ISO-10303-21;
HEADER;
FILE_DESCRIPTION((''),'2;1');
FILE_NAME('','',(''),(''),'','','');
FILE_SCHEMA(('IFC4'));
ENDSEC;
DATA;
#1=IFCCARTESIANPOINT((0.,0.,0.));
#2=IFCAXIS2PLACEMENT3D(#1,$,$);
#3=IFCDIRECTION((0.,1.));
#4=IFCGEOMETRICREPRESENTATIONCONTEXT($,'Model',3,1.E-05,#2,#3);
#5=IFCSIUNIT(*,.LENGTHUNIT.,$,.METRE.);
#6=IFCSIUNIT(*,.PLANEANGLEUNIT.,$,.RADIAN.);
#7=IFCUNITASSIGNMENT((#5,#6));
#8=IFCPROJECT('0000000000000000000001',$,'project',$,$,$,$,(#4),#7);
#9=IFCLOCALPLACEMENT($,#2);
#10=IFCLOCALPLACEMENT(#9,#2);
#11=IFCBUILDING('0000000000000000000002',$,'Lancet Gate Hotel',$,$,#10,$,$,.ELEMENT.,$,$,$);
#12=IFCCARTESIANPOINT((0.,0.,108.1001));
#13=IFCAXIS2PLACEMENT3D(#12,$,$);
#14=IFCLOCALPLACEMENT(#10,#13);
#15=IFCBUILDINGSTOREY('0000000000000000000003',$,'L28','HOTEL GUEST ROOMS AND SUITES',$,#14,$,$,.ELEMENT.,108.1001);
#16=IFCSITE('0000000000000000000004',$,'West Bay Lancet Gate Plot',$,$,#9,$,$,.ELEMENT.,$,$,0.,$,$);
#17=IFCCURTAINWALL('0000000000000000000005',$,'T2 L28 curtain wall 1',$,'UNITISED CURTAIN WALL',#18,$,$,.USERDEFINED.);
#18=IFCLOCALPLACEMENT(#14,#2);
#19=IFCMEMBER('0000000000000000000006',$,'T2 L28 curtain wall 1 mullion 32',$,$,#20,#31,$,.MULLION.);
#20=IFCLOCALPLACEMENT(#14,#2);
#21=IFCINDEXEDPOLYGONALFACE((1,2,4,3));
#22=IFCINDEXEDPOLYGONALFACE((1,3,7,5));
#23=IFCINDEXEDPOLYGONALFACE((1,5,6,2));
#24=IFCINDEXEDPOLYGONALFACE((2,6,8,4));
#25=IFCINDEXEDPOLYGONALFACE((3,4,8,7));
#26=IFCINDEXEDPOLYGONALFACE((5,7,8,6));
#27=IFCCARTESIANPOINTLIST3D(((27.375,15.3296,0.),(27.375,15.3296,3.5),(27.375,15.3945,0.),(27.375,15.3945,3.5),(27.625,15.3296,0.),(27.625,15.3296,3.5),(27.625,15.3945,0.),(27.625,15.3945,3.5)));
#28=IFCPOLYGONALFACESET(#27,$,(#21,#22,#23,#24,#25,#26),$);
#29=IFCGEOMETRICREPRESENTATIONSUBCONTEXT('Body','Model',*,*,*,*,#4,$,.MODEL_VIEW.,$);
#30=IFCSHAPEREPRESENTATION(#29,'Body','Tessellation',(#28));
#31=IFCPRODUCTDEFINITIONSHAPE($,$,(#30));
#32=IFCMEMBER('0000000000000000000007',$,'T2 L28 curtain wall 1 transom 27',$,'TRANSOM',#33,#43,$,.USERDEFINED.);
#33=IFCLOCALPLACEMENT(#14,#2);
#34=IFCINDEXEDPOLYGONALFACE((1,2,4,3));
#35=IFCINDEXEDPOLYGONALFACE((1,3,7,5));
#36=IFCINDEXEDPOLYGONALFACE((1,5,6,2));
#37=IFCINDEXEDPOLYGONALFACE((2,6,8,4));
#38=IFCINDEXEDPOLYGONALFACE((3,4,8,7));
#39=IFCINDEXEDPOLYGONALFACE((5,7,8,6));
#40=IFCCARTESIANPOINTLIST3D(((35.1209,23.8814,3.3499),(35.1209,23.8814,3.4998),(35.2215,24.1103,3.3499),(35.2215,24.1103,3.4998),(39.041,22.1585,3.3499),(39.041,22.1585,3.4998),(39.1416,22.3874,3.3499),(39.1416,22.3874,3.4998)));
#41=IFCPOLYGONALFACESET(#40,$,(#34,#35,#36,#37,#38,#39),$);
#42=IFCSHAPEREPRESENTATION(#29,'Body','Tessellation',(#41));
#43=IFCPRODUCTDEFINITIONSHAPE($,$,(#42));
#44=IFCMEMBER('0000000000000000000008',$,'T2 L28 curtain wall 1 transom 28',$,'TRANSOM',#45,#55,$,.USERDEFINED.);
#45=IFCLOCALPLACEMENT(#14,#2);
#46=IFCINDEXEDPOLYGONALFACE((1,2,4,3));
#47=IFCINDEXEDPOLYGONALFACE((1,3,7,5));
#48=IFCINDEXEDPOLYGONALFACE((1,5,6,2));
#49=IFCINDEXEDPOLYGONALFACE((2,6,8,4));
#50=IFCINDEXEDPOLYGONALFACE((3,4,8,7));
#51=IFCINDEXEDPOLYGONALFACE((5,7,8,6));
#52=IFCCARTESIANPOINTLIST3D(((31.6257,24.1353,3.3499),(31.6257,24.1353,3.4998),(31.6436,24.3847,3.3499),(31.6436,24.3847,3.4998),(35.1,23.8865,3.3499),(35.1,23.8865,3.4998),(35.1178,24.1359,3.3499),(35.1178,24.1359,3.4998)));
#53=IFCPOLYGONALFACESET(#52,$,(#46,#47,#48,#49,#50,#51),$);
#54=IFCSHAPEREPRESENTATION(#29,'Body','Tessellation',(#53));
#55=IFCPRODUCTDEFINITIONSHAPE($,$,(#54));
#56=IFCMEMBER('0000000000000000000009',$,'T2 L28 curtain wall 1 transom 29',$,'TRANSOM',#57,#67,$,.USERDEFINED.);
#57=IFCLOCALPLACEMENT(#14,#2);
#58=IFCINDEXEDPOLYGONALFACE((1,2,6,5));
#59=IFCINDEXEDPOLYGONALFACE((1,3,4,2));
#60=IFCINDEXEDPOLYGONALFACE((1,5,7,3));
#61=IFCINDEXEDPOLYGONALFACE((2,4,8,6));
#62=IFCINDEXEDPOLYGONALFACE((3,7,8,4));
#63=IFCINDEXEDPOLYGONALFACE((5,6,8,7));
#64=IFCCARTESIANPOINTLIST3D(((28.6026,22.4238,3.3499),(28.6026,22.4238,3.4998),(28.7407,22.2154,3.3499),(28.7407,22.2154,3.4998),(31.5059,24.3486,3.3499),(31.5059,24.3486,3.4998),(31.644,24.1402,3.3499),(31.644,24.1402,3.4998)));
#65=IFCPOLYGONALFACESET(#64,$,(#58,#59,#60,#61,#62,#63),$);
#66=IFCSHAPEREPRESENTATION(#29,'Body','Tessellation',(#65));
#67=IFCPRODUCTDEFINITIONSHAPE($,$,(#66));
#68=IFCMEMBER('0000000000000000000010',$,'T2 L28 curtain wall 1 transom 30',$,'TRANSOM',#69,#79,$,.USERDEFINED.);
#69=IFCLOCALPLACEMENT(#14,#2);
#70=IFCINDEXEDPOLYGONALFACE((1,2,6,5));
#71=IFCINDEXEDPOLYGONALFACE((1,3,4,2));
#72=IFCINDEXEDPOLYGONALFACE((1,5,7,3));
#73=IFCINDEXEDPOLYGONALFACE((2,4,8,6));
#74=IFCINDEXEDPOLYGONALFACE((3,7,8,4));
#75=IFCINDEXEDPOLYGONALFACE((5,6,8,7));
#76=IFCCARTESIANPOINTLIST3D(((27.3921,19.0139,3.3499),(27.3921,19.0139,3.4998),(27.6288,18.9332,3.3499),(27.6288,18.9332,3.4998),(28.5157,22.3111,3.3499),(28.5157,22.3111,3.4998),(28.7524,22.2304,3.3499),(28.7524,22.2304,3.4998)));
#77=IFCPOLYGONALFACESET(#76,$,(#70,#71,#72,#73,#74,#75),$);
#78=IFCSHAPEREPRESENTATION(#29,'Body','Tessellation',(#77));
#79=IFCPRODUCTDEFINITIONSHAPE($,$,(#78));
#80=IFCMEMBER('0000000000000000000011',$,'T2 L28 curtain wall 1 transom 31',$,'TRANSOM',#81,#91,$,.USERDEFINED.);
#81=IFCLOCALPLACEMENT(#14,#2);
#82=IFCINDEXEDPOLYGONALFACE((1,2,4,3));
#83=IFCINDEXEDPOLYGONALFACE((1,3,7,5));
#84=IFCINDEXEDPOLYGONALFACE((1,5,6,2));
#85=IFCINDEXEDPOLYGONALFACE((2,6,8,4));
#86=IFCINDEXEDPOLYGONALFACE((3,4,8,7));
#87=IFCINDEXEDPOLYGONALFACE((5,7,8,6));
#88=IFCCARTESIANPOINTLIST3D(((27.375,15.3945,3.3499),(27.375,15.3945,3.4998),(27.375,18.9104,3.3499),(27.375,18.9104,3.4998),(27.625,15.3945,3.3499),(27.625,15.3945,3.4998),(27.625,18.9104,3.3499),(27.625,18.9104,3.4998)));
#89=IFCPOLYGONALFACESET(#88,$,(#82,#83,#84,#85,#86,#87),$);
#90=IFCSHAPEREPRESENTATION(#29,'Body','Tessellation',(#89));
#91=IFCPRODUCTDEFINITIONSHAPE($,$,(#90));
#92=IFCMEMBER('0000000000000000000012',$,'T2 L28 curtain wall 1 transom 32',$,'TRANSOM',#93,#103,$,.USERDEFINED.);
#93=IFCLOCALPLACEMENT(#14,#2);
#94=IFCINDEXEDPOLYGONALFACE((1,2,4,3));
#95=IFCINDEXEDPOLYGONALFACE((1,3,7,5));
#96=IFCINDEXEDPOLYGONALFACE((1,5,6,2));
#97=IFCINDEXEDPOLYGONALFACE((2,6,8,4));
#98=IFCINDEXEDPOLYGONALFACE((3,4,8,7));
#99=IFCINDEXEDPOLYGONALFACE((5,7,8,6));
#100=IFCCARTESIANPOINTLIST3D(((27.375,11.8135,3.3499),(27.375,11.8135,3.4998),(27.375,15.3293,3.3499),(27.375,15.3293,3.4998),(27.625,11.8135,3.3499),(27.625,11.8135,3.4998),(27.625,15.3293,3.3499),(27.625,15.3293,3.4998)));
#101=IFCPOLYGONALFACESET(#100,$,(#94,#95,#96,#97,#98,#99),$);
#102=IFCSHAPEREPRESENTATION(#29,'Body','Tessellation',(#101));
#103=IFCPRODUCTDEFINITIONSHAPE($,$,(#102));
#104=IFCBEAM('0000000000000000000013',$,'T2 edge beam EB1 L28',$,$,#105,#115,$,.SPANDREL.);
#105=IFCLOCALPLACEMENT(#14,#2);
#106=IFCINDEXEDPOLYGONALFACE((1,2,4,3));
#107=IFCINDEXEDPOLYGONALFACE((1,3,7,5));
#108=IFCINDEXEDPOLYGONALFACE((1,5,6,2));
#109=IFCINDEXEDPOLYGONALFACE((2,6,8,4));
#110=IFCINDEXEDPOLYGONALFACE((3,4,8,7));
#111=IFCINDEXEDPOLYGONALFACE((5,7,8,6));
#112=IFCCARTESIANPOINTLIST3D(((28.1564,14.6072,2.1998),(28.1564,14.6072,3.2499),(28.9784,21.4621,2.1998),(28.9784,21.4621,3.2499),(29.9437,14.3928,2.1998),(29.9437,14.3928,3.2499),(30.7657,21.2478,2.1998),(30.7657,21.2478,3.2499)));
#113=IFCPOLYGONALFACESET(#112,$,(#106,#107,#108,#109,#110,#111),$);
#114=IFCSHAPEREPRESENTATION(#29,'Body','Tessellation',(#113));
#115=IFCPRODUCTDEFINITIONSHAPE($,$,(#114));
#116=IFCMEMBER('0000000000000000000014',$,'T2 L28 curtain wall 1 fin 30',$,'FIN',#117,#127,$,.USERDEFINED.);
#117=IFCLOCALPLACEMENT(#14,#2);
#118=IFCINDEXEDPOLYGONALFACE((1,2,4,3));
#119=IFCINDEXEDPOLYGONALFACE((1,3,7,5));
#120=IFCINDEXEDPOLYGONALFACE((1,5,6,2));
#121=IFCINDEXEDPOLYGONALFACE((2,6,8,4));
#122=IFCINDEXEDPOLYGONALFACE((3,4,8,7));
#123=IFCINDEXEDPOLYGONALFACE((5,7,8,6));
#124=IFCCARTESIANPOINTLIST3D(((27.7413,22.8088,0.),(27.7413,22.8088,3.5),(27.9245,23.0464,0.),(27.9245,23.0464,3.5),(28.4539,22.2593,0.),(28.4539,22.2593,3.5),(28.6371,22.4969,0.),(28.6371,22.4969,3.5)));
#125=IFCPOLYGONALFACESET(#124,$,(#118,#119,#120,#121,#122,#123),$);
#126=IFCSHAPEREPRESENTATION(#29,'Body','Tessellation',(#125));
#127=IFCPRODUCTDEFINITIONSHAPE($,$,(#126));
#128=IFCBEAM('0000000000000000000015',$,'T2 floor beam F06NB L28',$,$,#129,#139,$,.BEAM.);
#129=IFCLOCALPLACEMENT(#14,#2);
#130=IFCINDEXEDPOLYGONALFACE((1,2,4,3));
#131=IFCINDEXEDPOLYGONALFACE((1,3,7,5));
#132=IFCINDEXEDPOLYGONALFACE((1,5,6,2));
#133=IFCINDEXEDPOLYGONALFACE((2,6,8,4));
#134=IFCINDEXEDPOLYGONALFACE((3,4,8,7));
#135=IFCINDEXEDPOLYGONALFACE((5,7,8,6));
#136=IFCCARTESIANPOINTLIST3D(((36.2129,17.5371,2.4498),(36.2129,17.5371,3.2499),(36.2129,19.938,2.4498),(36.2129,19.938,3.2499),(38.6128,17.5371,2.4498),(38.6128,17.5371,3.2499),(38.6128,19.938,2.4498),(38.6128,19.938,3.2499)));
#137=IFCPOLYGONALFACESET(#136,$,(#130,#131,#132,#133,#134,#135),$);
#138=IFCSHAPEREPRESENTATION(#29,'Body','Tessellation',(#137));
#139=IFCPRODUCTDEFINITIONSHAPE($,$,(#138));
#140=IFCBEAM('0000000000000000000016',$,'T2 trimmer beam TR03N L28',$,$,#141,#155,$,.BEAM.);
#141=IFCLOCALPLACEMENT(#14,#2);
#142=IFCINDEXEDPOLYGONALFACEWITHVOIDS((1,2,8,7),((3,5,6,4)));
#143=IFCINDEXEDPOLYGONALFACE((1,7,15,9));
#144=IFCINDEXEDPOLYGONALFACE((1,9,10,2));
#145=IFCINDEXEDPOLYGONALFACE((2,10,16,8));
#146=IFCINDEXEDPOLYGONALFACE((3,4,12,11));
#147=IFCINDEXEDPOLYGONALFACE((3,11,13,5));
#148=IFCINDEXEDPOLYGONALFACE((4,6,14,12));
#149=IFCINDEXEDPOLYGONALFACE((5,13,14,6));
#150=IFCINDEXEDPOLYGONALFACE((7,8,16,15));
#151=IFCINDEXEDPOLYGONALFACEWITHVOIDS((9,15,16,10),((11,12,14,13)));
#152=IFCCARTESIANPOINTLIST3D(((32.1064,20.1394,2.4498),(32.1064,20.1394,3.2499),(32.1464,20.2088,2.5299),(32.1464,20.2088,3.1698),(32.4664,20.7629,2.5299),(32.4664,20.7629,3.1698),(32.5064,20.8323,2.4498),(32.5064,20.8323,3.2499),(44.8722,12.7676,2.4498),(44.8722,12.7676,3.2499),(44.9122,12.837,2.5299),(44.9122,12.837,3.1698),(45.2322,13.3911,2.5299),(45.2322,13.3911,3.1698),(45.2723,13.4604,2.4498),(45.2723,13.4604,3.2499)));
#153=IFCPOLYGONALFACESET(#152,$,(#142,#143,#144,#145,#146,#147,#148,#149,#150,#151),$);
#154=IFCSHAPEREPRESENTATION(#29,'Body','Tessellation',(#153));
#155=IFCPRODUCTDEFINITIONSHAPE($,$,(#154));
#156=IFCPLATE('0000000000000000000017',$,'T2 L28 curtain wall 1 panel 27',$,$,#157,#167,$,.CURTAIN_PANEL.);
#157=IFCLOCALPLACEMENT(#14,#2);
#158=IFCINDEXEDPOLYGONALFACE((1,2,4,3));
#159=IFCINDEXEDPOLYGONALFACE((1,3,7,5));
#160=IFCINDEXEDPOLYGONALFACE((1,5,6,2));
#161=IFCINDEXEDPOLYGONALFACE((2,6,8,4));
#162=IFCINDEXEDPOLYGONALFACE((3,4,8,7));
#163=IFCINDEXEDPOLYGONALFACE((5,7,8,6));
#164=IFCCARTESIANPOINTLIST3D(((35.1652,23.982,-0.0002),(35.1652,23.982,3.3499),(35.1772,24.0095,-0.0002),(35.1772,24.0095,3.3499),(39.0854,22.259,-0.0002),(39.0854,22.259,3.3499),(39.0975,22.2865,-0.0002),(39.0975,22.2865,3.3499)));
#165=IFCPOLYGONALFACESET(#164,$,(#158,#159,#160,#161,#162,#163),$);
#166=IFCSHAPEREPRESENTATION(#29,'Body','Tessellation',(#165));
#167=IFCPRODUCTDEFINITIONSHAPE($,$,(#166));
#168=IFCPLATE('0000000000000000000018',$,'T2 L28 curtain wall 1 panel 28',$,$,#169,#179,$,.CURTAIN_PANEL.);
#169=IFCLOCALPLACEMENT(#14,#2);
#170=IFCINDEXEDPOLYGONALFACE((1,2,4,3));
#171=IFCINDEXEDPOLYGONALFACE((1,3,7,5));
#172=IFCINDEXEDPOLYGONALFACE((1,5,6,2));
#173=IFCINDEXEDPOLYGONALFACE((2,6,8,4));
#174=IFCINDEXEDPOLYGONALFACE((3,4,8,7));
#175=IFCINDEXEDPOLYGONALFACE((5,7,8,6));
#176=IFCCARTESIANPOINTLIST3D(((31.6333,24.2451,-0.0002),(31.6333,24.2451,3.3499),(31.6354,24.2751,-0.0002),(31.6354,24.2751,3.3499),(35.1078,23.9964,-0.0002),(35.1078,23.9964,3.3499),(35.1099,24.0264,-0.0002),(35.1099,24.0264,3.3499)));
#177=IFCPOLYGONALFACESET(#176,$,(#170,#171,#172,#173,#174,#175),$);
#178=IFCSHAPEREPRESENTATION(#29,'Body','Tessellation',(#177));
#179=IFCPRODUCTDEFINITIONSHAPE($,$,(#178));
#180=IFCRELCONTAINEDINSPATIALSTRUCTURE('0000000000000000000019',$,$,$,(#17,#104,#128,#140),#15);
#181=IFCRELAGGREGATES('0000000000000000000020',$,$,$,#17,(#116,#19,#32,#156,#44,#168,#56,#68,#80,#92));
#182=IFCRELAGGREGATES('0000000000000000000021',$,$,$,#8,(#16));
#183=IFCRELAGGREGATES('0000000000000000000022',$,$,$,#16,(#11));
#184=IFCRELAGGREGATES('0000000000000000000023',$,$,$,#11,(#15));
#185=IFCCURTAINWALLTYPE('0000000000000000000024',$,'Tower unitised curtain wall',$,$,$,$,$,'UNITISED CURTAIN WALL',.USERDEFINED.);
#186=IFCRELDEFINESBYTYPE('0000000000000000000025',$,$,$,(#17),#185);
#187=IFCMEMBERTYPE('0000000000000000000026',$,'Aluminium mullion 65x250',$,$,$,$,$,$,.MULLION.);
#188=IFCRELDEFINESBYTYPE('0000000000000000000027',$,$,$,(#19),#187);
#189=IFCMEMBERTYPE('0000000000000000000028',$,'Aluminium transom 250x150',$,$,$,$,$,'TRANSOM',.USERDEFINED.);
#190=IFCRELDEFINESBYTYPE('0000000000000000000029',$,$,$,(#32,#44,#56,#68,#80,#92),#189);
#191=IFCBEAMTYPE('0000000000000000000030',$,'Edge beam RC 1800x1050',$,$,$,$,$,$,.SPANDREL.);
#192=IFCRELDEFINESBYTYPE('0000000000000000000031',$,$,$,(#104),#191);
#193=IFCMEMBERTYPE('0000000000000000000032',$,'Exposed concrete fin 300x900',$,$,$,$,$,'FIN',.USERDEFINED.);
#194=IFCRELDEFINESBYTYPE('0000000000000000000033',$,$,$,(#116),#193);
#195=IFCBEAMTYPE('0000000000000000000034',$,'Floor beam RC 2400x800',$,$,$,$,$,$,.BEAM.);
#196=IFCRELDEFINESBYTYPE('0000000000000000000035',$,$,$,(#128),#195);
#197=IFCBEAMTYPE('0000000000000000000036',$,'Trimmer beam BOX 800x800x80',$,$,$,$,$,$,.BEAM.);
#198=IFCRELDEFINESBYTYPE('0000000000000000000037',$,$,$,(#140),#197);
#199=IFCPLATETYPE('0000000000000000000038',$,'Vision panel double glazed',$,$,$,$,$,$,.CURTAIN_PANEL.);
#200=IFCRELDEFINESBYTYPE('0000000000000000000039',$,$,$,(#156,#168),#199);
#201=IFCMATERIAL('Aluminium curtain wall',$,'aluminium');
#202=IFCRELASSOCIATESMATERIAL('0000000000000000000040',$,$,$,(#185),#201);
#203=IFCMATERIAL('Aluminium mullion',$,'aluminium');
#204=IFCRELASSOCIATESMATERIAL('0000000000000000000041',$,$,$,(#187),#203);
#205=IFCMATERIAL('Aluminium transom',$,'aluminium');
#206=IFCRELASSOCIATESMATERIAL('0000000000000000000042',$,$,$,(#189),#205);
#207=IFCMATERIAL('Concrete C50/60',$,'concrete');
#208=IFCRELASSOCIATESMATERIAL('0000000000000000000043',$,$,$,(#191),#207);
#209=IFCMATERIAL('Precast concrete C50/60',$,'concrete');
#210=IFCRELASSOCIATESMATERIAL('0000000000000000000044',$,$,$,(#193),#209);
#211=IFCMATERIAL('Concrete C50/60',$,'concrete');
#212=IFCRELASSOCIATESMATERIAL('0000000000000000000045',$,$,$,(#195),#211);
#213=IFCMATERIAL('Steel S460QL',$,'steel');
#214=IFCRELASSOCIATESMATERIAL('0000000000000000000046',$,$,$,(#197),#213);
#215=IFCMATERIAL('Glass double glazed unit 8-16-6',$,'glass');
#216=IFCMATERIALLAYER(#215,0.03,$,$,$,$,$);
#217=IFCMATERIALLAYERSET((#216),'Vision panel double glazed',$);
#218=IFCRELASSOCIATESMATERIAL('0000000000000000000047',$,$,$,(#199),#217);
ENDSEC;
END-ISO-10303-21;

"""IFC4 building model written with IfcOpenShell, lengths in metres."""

from ifc_helpers import new_model, si_unit, direction, frame, origin, origin_2d, place, context, subcontext, project, spatial, rectangle, hollow_rectangle, extrude, material, layer, layer_set, material_profile, profile_set, type_object, element, aggregate, save


model = new_model("IFC4")

# Units and contexts
model_context = context("Model", 3, precision=1e-05, world=origin(), true_north=direction((0.0, 1.0)))
body_context = subcontext(model_context, "Body", "Model", "MODEL_VIEW")
ifc_project = project(units=[si_unit("LENGTHUNIT", "METRE"), si_unit("PLANEANGLEUNIT", "RADIAN")], contexts=[model_context])

# Site, building, storey
site_placement = place(None, origin())
site = spatial("IfcSite", under=ifc_project, at=site_placement, Name="West Bay Lancet Gate Plot", CompositionType="ELEMENT", RefElevation=0.0)
building_placement = place(site_placement, origin())
building = spatial("IfcBuilding", under=site, at=building_placement, Name="Lancet Gate Hotel", CompositionType="ELEMENT")
storey_placement = place(building_placement, frame((0.0, 0.0, 108.1001)))
storey = spatial("IfcBuildingStorey", under=building, at=storey_placement, Name="L28", Description="HOTEL GUEST ROOMS AND SUITES", CompositionType="ELEMENT", Elevation=108.1001)

# Curtain wall, members
ifc_material_1 = material(Name="Aluminium curtain wall", Category="aluminium")
curtain_wall_type = type_object("IfcCurtainWallType", Name="Tower unitised curtain wall", ElementType="UNITISED CURTAIN WALL", PredefinedType="USERDEFINED", material=ifc_material_1)
curtain_wall_placement = place(storey_placement, origin())
curtain_wall = element("IfcCurtainWall", 1, at=curtain_wall_placement, inside=storey, type_object=curtain_wall_type, Name="T2 L28 curtain wall 1", ObjectType="UNITISED CURTAIN WALL", PredefinedType="USERDEFINED")
ifc_material_2 = material(Name="Aluminium mullion", Category="aluminium")
ifc_material_profile_1 = material_profile(ifc_material_2, rectangle(XDim=0.0649, YDim=0.25, at=origin_2d()), Name="MULLION 65x250")
ifc_profile_set_1 = profile_set([ifc_material_profile_1], Name="Aluminium mullion")
member_type_1 = type_object("IfcMemberType", Name="Aluminium mullion 65x250", PredefinedType="MULLION", material=ifc_profile_set_1)
member_1_placement = place(storey_placement, frame((27.5, 15.3621, 0.0), z_axis=(0.0, 0.0, 1.0), x_axis=(0.0, -1.0, 0.0)))
member_1 = element("IfcMember", 2, at=member_1_placement, type_object=member_type_1, Name="T2 L28 curtain wall 1 mullion 32", PredefinedType="MULLION", context=body_context, shape_type="SweptSolid", body=[
    extrude(rectangle(XDim=0.0649, YDim=0.25, at=origin_2d()), origin(), (0.0, 0.0, 1.0), 3.5),
])
ifc_material_3 = material(Name="Aluminium transom", Category="aluminium")
ifc_material_profile_2 = material_profile(ifc_material_3, rectangle(XDim=0.25, YDim=0.1499, at=origin_2d()), Name="TRANSOM 250x150")
ifc_profile_set_2 = profile_set([ifc_material_profile_2], Name="Aluminium transom")
member_type_2 = type_object("IfcMemberType", Name="Aluminium transom 250x150", ElementType="TRANSOM", PredefinedType="USERDEFINED", material=ifc_profile_set_2)
member_2_placement = place(storey_placement, frame((39.0913, 22.2729, 3.4248), z_axis=(-0.915485, 0.402353, 0.0), x_axis=(-0.402353, -0.915485, 0.0)))
member_2 = element("IfcMember", 3, at=member_2_placement, type_object=member_type_2, Name="T2 L28 curtain wall 1 transom 27", ObjectType="TRANSOM", PredefinedType="USERDEFINED", context=body_context, shape_type="SweptSolid", body=[
    extrude(rectangle(XDim=0.25, YDim=0.1499, at=origin_2d()), origin(), (0.0, 0.0, 1.0), 4.282),
])
member_3_placement = place(storey_placement, frame((35.1089, 24.0112, 3.4248), z_axis=(-0.997446, 0.071421, 0.0), x_axis=(-0.071421, -0.997446, 0.0)))
member_3 = element("IfcMember", 4, at=member_3_placement, type_object=member_type_2, Name="T2 L28 curtain wall 1 transom 28", ObjectType="TRANSOM", PredefinedType="USERDEFINED", context=body_context, shape_type="SweptSolid", body=[
    extrude(rectangle(XDim=0.25, YDim=0.1499, at=origin_2d()), origin(), (0.0, 0.0, 1.0), 3.4832),
])
member_4_placement = place(storey_placement, frame((31.575, 24.2444, 3.4248), z_axis=(-0.833471, -0.552563, 0.0), x_axis=(0.552563, -0.833471, 0.0)))
member_4 = element("IfcMember", 5, at=member_4_placement, type_object=member_type_2, Name="T2 L28 curtain wall 1 transom 29", ObjectType="TRANSOM", PredefinedType="USERDEFINED", context=body_context, shape_type="SweptSolid", body=[
    extrude(rectangle(XDim=0.25, YDim=0.1499, at=origin_2d()), origin(), (0.0, 0.0, 1.0), 3.4834),
])
member_5_placement = place(storey_placement, frame((28.634, 22.2708, 3.4248), z_axis=(-0.32255, -0.946553, 0.0), x_axis=(0.946553, -0.32255, 0.0)))
member_5 = element("IfcMember", 6, at=member_5_placement, type_object=member_type_2, Name="T2 L28 curtain wall 1 transom 30", ObjectType="TRANSOM", PredefinedType="USERDEFINED", context=body_context, shape_type="SweptSolid", body=[
    extrude(rectangle(XDim=0.25, YDim=0.1499, at=origin_2d()), origin(), (0.0, 0.0, 1.0), 3.4834),
])
member_6_placement = place(storey_placement, frame((27.5, 18.9104, 3.4248), z_axis=(0.0, -1.0, 0.0), x_axis=(1.0, 0.0, 0.0)))
member_6 = element("IfcMember", 7, at=member_6_placement, type_object=member_type_2, Name="T2 L28 curtain wall 1 transom 31", ObjectType="TRANSOM", PredefinedType="USERDEFINED", context=body_context, shape_type="SweptSolid", body=[
    extrude(rectangle(XDim=0.25, YDim=0.1499, at=origin_2d()), origin(), (0.0, 0.0, 1.0), 3.5159),
])
member_7_placement = place(storey_placement, frame((27.5, 15.3293, 3.4248), z_axis=(0.0, -1.0, 0.0), x_axis=(1.0, 0.0, 0.0)))
member_7 = element("IfcMember", 8, at=member_7_placement, type_object=member_type_2, Name="T2 L28 curtain wall 1 transom 32", ObjectType="TRANSOM", PredefinedType="USERDEFINED", context=body_context, shape_type="SweptSolid", body=[
    extrude(rectangle(XDim=0.25, YDim=0.1499, at=origin_2d()), origin(), (0.0, 0.0, 1.0), 3.5159),
])

# Beam
ifc_material_4 = material(Name="Concrete C50/60", Category="concrete")
ifc_material_profile_3 = material_profile(ifc_material_4, rectangle(XDim=1.8, YDim=1.05, at=origin_2d()), Name="RC 1800x1050")
ifc_profile_set_3 = profile_set([ifc_material_profile_3], Name="Concrete C50/60")
beam_type_1 = type_object("IfcBeamType", Name="Edge beam RC 1800x1050", PredefinedType="SPANDREL", material=ifc_profile_set_3)
beam_1_placement = place(storey_placement, frame((29.05, 14.5, 2.7249), z_axis=(0.119063, 0.992887, 0.0), x_axis=(-0.992887, 0.119063, 0.0)))
element("IfcBeam", 9, at=beam_1_placement, inside=storey, type_object=beam_type_1, Name="T2 edge beam EB1 L28", PredefinedType="SPANDREL", context=body_context, shape_type="SweptSolid", body=[
    extrude(rectangle(XDim=1.8, YDim=1.05, at=origin_2d()), origin(), (0.0, 0.0, 1.0), 6.9041),
])

# Member
ifc_material_5 = material(Name="Precast concrete C50/60", Category="concrete")
ifc_material_profile_4 = material_profile(ifc_material_5, rectangle(XDim=0.3, YDim=0.8999, at=origin_2d()), Name="FIN 300x900")
ifc_profile_set_4 = profile_set([ifc_material_profile_4], Name="Precast concrete C50/60")
member_type_3 = type_object("IfcMemberType", Name="Exposed concrete fin 300x900", ElementType="FIN", PredefinedType="USERDEFINED", material=ifc_profile_set_4)
member_8_placement = place(storey_placement, frame((28.1892, 22.6528, 0.0), z_axis=(0.0, 0.0, 1.0), x_axis=(-0.610664, -0.79189, 0.0)))
member_8 = element("IfcMember", 10, at=member_8_placement, type_object=member_type_3, Name="T2 L28 curtain wall 1 fin 30", ObjectType="FIN", PredefinedType="USERDEFINED", context=body_context, shape_type="SweptSolid", body=[
    extrude(rectangle(XDim=0.3, YDim=0.8999, at=origin_2d()), origin(), (0.0, 0.0, 1.0), 3.5),
])

# Beams
ifc_material_6 = material(Name="Concrete C50/60", Category="concrete")
ifc_material_profile_5 = material_profile(ifc_material_6, rectangle(XDim=2.3999, YDim=0.8, at=origin_2d()), Name="RC 2400x800")
ifc_profile_set_5 = profile_set([ifc_material_profile_5], Name="Concrete C50/60")
beam_type_2 = type_object("IfcBeamType", Name="Floor beam RC 2400x800", PredefinedType="BEAM", material=ifc_profile_set_5)
beam_2_placement = place(storey_placement, frame((37.4128, 17.5371, 2.8499), z_axis=(0.0, 1.0, 0.0), x_axis=(-1.0, 0.0, 0.0)))
element("IfcBeam", 11, at=beam_2_placement, inside=storey, type_object=beam_type_2, Name="T2 floor beam F06NB L28", PredefinedType="BEAM", context=body_context, shape_type="SweptSolid", body=[
    extrude(rectangle(XDim=2.3999, YDim=0.8, at=origin_2d()), origin(), (0.0, 0.0, 1.0), 2.4009),
])
ifc_material_7 = material(Name="Steel S460QL", Category="steel")
ifc_material_profile_6 = material_profile(ifc_material_7, hollow_rectangle(XDim=0.8, YDim=0.8, WallThickness=0.0801, at=origin_2d()), Name="BOX 800x800x80")
ifc_profile_set_6 = profile_set([ifc_material_profile_6], Name="Steel S460QL")
beam_type_3 = type_object("IfcBeamType", Name="Trimmer beam BOX 800x800x80", PredefinedType="BEAM", material=ifc_profile_set_6)
beam_3_placement = place(storey_placement, frame((32.3064, 20.4858, 2.8499), z_axis=(0.865983, -0.500074, 0.0), x_axis=(0.500074, 0.865983, 0.0)))
element("IfcBeam", 12, at=beam_3_placement, inside=storey, type_object=beam_type_3, Name="T2 trimmer beam TR03N L28", PredefinedType="BEAM", context=body_context, shape_type="SweptSolid", body=[
    extrude(hollow_rectangle(XDim=0.8, YDim=0.8, WallThickness=0.0801, at=origin_2d()), origin(), (0.0, 0.0, 1.0), 14.7415),
])

# Plates
ifc_material_8 = material(Name="Glass double glazed unit 8-16-6", Category="glass")
ifc_layer_1 = layer(ifc_material_8, 0.03)
ifc_layer_set_1 = layer_set([ifc_layer_1], Name="Vision panel double glazed")
plate_type = type_object("IfcPlateType", Name="Vision panel double glazed", PredefinedType="CURTAIN_PANEL", material=ifc_layer_set_1)
plate_1_placement = place(storey_placement, frame((37.1313, 23.1343, -0.0002), z_axis=(0.0, 0.0, 1.0), x_axis=(-0.915479, 0.402367, 0.0)))
plate_1 = element("IfcPlate", 13, at=plate_1_placement, type_object=plate_type, Name="T2 L28 curtain wall 1 panel 27", PredefinedType="CURTAIN_PANEL", context=body_context, shape_type="SweptSolid", body=[
    extrude(rectangle(XDim=4.2822, YDim=0.03, at=origin_2d()), origin(), (0.0, 0.0, 1.0), 3.3501),
])
plate_2_placement = place(storey_placement, frame((33.3716, 24.1357, -0.0002), z_axis=(0.0, 0.0, 1.0), x_axis=(-0.997448, 0.07139, 0.0)))
plate_2 = element("IfcPlate", 14, at=plate_2_placement, type_object=plate_type, Name="T2 L28 curtain wall 1 panel 28", PredefinedType="CURTAIN_PANEL", context=body_context, shape_type="SweptSolid", body=[
    extrude(rectangle(XDim=3.4834, YDim=0.03, at=origin_2d()), origin(), (0.0, 0.0, 1.0), 3.3501),
])
aggregate(curtain_wall, [member_8, member_1, member_2, plate_1, member_3, plate_2, member_4, member_5, member_6, member_7])

save(model, "model.ifc")
